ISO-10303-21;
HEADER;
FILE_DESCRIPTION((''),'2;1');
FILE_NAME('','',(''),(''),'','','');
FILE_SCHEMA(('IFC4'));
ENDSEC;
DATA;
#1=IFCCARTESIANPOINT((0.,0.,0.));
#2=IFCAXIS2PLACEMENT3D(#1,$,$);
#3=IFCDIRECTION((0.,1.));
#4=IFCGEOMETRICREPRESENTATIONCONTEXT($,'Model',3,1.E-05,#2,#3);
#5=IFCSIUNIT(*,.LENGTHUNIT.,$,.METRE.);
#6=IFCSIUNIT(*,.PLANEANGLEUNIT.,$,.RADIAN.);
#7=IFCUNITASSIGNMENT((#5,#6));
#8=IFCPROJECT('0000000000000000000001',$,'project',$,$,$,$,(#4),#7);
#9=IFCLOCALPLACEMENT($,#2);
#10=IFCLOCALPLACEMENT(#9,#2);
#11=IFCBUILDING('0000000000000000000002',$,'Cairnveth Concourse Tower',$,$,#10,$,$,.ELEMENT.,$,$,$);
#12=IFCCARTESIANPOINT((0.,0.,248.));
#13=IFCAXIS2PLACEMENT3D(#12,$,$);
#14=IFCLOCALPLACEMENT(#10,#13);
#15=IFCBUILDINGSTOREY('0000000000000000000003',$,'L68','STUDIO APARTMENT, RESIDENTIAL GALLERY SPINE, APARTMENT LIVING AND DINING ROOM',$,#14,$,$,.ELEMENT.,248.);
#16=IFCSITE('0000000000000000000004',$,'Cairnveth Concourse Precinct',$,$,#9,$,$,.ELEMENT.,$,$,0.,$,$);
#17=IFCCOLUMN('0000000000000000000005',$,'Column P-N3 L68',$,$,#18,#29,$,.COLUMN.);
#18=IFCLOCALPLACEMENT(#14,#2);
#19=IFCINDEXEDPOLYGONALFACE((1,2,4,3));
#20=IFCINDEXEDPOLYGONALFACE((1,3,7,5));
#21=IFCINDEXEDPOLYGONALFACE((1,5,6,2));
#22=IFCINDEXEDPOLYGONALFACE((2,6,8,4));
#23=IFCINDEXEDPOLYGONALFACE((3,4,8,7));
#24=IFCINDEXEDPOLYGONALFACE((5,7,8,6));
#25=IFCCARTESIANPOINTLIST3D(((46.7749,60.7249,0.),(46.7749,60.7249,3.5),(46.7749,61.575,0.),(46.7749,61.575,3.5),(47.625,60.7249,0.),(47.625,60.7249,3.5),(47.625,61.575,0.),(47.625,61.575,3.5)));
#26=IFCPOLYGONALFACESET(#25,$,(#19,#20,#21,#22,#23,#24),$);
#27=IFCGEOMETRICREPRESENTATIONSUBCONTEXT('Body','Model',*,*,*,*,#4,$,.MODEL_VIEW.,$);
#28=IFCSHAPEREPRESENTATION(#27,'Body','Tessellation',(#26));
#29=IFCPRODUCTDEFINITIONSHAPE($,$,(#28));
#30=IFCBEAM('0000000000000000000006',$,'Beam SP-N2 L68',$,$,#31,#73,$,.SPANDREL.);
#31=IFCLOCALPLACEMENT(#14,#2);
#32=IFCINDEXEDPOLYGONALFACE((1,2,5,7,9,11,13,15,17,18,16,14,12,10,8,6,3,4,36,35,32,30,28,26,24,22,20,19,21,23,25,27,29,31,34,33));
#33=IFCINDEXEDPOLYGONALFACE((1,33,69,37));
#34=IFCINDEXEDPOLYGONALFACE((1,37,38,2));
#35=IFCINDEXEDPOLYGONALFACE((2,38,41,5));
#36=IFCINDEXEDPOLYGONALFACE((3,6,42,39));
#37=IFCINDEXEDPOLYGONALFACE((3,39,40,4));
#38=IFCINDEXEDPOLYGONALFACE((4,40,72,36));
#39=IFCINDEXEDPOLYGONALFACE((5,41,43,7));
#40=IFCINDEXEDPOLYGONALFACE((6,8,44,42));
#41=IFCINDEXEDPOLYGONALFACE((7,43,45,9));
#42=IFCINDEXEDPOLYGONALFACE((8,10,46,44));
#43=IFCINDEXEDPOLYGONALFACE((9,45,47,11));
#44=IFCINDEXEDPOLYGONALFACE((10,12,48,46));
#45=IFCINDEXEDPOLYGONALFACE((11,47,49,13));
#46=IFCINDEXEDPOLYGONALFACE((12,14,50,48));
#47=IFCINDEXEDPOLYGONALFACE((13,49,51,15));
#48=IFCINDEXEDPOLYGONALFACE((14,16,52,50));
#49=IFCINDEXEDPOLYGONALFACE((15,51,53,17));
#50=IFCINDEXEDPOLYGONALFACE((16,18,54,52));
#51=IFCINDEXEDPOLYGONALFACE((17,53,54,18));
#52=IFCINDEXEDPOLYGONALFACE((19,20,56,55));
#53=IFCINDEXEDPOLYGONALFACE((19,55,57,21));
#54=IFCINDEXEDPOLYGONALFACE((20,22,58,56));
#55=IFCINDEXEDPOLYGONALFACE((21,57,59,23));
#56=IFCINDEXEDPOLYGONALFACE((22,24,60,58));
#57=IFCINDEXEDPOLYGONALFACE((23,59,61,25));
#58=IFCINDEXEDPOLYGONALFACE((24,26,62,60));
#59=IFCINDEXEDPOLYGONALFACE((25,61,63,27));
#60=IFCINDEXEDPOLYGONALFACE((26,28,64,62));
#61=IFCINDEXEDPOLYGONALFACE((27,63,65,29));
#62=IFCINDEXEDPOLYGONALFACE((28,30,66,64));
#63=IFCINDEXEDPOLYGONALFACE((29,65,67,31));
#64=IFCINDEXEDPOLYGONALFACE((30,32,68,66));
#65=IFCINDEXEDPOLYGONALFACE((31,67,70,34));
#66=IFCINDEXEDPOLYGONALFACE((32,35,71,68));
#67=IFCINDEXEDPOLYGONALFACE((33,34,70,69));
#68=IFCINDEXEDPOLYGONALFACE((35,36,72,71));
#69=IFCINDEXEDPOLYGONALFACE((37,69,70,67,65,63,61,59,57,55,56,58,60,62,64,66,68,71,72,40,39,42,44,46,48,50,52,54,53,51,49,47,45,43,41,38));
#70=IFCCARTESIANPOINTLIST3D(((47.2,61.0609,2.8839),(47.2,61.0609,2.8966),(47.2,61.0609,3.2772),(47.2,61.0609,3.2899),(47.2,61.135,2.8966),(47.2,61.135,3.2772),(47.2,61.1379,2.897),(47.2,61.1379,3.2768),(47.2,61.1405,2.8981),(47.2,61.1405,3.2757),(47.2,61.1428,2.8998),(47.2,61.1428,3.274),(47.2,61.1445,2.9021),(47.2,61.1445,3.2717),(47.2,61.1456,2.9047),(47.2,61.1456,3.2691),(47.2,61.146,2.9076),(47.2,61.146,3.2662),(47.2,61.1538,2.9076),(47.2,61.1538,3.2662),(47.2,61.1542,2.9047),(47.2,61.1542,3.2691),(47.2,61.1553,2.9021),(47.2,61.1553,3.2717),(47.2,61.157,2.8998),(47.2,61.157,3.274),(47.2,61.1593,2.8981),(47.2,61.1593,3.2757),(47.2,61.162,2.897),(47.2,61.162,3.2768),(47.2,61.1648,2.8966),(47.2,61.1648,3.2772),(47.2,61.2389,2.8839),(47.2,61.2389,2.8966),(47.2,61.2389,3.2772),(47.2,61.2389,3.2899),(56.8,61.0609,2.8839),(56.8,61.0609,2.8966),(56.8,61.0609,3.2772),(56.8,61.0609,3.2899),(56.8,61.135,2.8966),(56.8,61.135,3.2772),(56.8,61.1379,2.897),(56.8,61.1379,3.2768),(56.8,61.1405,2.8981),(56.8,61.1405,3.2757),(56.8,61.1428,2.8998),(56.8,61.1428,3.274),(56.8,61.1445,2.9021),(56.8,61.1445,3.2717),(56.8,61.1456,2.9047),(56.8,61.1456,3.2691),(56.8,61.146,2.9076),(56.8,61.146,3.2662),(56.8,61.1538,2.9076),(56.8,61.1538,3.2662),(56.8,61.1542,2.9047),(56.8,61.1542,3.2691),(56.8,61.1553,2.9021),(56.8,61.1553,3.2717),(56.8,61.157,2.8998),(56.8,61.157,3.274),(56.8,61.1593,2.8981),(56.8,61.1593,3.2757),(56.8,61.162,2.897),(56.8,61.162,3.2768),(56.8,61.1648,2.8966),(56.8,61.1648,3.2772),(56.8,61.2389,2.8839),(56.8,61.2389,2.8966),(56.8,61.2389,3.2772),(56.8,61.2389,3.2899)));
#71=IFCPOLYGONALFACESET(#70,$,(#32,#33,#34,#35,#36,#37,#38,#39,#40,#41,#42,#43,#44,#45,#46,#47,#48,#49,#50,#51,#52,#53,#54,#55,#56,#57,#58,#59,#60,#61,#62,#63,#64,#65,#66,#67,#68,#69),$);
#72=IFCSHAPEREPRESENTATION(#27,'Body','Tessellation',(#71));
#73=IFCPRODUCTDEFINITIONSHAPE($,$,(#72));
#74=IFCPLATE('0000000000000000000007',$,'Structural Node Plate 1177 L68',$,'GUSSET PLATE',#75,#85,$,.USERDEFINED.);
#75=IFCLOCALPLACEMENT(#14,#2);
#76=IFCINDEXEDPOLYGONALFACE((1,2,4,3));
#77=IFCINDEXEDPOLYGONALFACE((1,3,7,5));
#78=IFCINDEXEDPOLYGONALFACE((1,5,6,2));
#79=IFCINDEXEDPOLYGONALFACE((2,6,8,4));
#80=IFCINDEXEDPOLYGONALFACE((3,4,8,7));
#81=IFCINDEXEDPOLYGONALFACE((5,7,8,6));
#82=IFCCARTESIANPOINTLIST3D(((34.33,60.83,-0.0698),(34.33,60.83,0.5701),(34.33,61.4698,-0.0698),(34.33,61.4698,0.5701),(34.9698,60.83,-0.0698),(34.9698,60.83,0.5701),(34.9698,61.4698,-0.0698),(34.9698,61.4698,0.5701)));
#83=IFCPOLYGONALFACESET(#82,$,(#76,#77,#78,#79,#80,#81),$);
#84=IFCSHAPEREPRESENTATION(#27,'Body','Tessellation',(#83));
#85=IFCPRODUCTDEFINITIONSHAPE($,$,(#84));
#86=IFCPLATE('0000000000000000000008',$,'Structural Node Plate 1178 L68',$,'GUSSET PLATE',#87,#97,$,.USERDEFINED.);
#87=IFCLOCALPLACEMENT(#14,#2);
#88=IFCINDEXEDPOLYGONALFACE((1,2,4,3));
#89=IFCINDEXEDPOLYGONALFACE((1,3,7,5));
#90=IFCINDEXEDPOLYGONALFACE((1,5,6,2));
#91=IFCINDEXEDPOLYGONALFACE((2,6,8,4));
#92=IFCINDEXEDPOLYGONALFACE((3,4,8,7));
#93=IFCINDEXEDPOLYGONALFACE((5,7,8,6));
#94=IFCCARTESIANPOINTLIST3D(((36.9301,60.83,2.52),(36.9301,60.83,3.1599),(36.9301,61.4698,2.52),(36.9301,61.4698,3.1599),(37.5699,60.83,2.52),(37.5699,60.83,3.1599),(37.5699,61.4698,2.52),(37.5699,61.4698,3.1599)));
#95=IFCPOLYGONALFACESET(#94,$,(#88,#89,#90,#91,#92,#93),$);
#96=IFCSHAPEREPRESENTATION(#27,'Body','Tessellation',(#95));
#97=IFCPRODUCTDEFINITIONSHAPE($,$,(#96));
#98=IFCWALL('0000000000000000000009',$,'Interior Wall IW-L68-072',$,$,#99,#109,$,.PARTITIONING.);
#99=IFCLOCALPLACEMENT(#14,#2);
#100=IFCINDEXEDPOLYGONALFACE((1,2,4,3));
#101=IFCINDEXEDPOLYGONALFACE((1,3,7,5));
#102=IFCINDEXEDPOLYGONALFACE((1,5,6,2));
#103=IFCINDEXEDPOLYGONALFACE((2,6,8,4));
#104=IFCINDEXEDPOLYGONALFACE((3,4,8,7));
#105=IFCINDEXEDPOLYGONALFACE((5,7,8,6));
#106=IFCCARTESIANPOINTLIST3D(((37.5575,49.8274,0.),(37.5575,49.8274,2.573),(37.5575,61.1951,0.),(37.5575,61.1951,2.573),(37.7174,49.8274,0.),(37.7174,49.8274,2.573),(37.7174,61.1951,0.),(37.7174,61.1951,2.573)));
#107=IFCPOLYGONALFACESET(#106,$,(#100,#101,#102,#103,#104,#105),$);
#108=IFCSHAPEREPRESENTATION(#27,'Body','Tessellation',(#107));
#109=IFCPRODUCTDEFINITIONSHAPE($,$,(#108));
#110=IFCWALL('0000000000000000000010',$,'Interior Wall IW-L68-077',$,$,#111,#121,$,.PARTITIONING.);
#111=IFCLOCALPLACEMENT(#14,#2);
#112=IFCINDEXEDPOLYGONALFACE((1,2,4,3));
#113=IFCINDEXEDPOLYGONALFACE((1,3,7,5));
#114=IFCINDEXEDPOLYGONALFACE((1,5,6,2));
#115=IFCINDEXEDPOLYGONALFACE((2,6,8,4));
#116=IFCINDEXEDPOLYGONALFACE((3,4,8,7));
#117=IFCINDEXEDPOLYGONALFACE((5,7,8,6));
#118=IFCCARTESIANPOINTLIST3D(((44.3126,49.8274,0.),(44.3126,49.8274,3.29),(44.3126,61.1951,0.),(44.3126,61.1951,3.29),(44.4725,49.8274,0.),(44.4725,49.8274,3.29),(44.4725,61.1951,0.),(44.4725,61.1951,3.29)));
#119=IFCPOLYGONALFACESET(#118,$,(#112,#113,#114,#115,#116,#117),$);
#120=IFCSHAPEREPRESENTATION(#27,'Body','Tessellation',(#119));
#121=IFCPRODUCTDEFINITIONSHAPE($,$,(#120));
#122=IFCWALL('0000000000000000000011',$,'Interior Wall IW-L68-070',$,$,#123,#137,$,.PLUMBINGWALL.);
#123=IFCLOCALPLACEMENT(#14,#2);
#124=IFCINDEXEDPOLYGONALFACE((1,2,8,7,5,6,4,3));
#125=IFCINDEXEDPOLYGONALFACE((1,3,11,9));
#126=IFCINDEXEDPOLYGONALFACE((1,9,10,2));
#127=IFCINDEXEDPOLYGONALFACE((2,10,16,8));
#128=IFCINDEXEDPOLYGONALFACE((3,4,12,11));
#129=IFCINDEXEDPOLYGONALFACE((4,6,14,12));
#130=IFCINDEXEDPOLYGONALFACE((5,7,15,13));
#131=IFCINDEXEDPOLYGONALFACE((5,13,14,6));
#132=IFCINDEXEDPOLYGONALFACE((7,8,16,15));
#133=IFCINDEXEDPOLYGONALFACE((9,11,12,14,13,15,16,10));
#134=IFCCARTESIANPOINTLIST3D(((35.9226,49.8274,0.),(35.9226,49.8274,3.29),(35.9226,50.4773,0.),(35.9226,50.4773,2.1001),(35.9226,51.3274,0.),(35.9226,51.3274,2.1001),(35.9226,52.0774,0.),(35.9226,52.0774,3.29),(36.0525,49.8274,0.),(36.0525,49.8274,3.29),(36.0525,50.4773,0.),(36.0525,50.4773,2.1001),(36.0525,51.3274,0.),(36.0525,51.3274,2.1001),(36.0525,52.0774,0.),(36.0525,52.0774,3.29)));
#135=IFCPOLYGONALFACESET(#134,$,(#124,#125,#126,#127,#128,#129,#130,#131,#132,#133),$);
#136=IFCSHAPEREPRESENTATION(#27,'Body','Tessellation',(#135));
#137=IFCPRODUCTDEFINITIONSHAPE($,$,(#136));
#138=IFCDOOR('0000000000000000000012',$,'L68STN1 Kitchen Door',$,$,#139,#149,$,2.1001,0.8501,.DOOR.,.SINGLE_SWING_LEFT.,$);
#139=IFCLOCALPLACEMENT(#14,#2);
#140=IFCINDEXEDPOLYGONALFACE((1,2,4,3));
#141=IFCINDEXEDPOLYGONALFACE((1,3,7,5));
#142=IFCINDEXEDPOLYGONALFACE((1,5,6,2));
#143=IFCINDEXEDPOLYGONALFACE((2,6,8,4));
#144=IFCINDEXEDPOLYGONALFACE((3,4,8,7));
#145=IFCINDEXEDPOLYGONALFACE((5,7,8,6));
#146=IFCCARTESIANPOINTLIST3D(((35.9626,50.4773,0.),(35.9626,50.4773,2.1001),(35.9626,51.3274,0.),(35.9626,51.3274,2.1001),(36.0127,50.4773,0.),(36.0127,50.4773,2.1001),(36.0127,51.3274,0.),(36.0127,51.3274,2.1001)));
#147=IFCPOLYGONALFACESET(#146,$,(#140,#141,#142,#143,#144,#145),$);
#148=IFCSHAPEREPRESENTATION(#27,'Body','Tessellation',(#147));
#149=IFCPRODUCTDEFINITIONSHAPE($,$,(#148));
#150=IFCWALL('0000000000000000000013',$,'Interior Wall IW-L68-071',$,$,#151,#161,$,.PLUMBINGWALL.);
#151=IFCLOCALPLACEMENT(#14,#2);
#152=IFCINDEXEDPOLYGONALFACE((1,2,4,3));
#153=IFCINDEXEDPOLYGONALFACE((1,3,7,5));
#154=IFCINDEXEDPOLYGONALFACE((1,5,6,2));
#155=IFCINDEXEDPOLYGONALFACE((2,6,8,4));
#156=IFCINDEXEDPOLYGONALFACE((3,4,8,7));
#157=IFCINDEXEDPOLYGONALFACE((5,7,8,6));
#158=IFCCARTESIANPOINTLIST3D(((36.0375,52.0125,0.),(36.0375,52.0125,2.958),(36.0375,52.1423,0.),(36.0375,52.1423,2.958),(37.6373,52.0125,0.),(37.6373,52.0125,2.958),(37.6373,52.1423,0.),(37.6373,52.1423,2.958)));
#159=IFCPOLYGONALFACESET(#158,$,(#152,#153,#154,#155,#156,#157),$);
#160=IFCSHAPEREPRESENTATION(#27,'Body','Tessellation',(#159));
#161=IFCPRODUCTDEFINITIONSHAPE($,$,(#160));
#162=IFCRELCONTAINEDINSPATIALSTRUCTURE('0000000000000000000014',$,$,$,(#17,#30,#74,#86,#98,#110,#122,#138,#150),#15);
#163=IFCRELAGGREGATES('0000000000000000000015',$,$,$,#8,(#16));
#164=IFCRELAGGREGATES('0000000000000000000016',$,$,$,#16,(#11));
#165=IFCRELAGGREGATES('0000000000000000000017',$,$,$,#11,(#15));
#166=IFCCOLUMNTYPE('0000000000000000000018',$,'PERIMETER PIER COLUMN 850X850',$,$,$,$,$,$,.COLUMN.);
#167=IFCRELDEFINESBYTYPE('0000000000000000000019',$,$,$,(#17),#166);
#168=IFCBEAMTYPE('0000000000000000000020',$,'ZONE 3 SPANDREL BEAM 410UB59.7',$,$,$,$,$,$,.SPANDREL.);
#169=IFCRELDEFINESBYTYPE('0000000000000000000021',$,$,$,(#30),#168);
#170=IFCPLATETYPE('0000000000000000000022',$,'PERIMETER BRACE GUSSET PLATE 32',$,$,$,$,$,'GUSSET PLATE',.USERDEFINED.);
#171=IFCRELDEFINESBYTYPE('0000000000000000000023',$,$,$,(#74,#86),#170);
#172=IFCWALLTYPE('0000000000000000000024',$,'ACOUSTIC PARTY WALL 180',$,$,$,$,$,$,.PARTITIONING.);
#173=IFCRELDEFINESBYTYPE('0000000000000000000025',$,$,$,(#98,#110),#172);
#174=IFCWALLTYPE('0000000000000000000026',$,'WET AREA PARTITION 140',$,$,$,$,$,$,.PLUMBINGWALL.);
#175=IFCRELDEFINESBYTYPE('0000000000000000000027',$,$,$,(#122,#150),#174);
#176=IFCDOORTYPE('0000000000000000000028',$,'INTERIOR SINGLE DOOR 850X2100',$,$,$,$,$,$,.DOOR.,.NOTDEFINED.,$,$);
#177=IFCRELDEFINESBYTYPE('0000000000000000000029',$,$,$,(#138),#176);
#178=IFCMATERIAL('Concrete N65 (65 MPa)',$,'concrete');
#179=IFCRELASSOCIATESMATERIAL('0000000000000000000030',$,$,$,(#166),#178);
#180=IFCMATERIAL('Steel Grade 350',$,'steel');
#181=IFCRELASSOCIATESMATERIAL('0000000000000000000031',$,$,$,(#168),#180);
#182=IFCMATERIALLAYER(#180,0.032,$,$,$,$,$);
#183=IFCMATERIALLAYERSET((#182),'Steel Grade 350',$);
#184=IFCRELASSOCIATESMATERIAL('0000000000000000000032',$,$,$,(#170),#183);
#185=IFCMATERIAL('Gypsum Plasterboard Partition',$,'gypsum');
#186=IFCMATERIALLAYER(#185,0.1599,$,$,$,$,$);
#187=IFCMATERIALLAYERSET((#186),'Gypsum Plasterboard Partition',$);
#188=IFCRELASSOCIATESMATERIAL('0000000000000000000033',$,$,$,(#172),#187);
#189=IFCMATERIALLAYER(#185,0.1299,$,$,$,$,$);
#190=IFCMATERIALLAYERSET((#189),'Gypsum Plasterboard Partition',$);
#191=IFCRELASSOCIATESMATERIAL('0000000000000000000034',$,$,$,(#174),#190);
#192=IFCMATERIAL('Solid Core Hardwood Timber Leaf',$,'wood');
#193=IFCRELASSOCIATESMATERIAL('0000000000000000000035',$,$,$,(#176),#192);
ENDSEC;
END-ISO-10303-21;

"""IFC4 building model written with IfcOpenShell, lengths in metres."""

from ifc_helpers import new_model, si_unit, direction, frame, frame_2d, origin, origin_2d, place, context, subcontext, project, spatial, rectangle, i_section, extrude, material, layer, layer_set, material_profile, profile_set, type_object, element, fill, save


model = new_model("IFC4")

# Units and contexts
model_context = context("Model", 3, precision=1e-05, world=origin(), true_north=direction((0.0, 1.0)))
body_context = subcontext(model_context, "Body", "Model", "MODEL_VIEW")
ifc_project = project(units=[si_unit("LENGTHUNIT", "METRE"), si_unit("PLANEANGLEUNIT", "RADIAN")], contexts=[model_context])

# Site, building, storey
site_placement = place(None, origin())
site = spatial("IfcSite", under=ifc_project, at=site_placement, Name="Cairnveth Concourse Precinct", CompositionType="ELEMENT", RefElevation=0.0)
building_placement = place(site_placement, origin())
building = spatial("IfcBuilding", under=site, at=building_placement, Name="Cairnveth Concourse Tower", CompositionType="ELEMENT")
storey_placement = place(building_placement, frame((0.0, 0.0, 248.0)))
storey = spatial("IfcBuildingStorey", under=building, at=storey_placement, Name="L68", Description="STUDIO APARTMENT, RESIDENTIAL GALLERY SPINE, APARTMENT LIVING AND DINING ROOM", CompositionType="ELEMENT", Elevation=248.0)

# Column
ifc_material_1 = material(Name="Concrete N65 (65 MPa)", Category="concrete")
ifc_material_profile_1 = material_profile(ifc_material_1, rectangle(XDim=0.8501, YDim=0.8501, at=origin_2d()), Name="RC-COL-850x850")
ifc_profile_set_1 = profile_set([ifc_material_profile_1], Name="Concrete N65 (65 MPa)")
column_type = type_object("IfcColumnType", Name="PERIMETER PIER COLUMN 850X850", PredefinedType="COLUMN", material=ifc_profile_set_1)
column_placement = place(storey_placement, frame((47.2, 61.1499, 0.0), z_axis=(0.0, 0.0, 1.0), x_axis=(1.0, 0.0, 0.0)))
element("IfcColumn", 1, at=column_placement, inside=storey, type_object=column_type, Name="Column P-N3 L68", PredefinedType="COLUMN", context=body_context, shape_type="SweptSolid", body=[
    extrude(rectangle(XDim=0.8501, YDim=0.8501, at=origin_2d()), origin(), (0.0, 0.0, 1.0), 3.5),
])

# Beam
ifc_material_2 = material(Name="Steel Grade 350", Category="steel")
ifc_material_profile_2 = material_profile(ifc_material_2, i_section(OverallWidth=0.178, OverallDepth=0.406, WebThickness=0.0078, FlangeThickness=0.0127, FilletRadius=0.011, at=origin_2d()), Name="410UB59.7")
ifc_profile_set_2 = profile_set([ifc_material_profile_2], Name="Steel Grade 350")
beam_type = type_object("IfcBeamType", Name="ZONE 3 SPANDREL BEAM 410UB59.7", PredefinedType="SPANDREL", material=ifc_profile_set_2)
beam_placement = place(storey_placement, frame((47.2, 61.1499, 3.0869), z_axis=(1.0, 0.0, 0.0), x_axis=(0.0, 1.0, 0.0)))
element("IfcBeam", 2, at=beam_placement, inside=storey, type_object=beam_type, Name="Beam SP-N2 L68", PredefinedType="SPANDREL", context=body_context, shape_type="SweptSolid", body=[
    extrude(i_section(OverallWidth=0.178, OverallDepth=0.406, WebThickness=0.0078, FlangeThickness=0.0127, FilletRadius=0.011, at=origin_2d()), origin(), (0.0, 0.0, 1.0), 9.6001),
])

# Plates
ifc_layer_1 = layer(ifc_material_2, 0.032)
ifc_layer_set_1 = layer_set([ifc_layer_1], Name="Steel Grade 350")
plate_type = type_object("IfcPlateType", Name="PERIMETER BRACE GUSSET PLATE 32", ElementType="GUSSET PLATE", PredefinedType="USERDEFINED", material=ifc_layer_set_1)
for number, where, z_axis, x_axis, name in (
    (3, (34.6499, 61.1499, -0.0698), (0.0, 0.0, 1.0), (1.0, 0.0, 0.0), "Structural Node Plate 1177 L68"),
    (4, (37.25, 61.1499, 2.52), (0.0, 0.0, 1.0), (1.0, 0.0, 0.0), "Structural Node Plate 1178 L68"),
):
    element("IfcPlate", number, at=place(storey_placement, frame(where, z_axis=z_axis, x_axis=x_axis)), inside=storey, type_object=plate_type, Name=name, ObjectType="GUSSET PLATE", PredefinedType="USERDEFINED", context=body_context, shape_type="SweptSolid", body=[
        extrude(rectangle(XDim=0.6399, YDim=0.6399, at=origin_2d()), origin(), (0.0, 0.0, 1.0), 0.6399),
    ])

# Walls
ifc_material_3 = material(Name="Gypsum Plasterboard Partition", Category="gypsum")
ifc_layer_2 = layer(ifc_material_3, 0.1599)
ifc_layer_set_2 = layer_set([ifc_layer_2], Name="Gypsum Plasterboard Partition")
wall_type_1 = type_object("IfcWallType", Name="ACOUSTIC PARTY WALL 180", PredefinedType="PARTITIONING", material=ifc_layer_set_2)
wall_1_placement = place(storey_placement, frame((37.6375, 49.8274, 0.0), z_axis=(0.0, 0.0, 1.0), x_axis=(0.0, 1.0, 0.0)))
element("IfcWall", 5, at=wall_1_placement, inside=storey, type_object=wall_type_1, Name="Interior Wall IW-L68-072", PredefinedType="PARTITIONING", context=body_context, shape_type="SweptSolid", body=[
    extrude(rectangle(XDim=11.3677, YDim=0.1599, at=frame_2d((5.6838, 0.0))), origin(), (0.0, 0.0, 1.0), 2.573),
])
wall_2_placement = place(storey_placement, frame((44.3926, 49.8274, 0.0), z_axis=(0.0, 0.0, 1.0), x_axis=(0.0, 1.0, 0.0)))
element("IfcWall", 6, at=wall_2_placement, inside=storey, type_object=wall_type_1, Name="Interior Wall IW-L68-077", PredefinedType="PARTITIONING", context=body_context, shape_type="SweptSolid", body=[
    extrude(rectangle(XDim=11.3677, YDim=0.1599, at=frame_2d((5.6838, 0.0))), origin(), (0.0, 0.0, 1.0), 3.29),
])

# Wall, opening, door
ifc_layer_3 = layer(ifc_material_3, 0.1299)
ifc_layer_set_3 = layer_set([ifc_layer_3], Name="Gypsum Plasterboard Partition")
wall_type_2 = type_object("IfcWallType", Name="WET AREA PARTITION 140", PredefinedType="PLUMBINGWALL", material=ifc_layer_set_3)
wall_3_placement = place(storey_placement, frame((35.9875, 49.8274, 0.0), z_axis=(0.0, 0.0, 1.0), x_axis=(0.0, 1.0, 0.0)))
wall_3 = element("IfcWall", 7, at=wall_3_placement, inside=storey, type_object=wall_type_2, Name="Interior Wall IW-L68-070", PredefinedType="PLUMBINGWALL", context=body_context, shape_type="SweptSolid", body=[
    extrude(rectangle(XDim=2.25, YDim=0.1299, at=frame_2d((1.125, 0.0))), origin(), (0.0, 0.0, 1.0), 3.29),
])
opening_1_placement = place(wall_3_placement, frame((0.6499, 0.0, 0.0)))
opening_1 = element("IfcOpeningElement", 8, at=opening_1_placement, cuts=wall_3, PredefinedType="OPENING", context=body_context, shape_type="SweptSolid", body=[
    extrude(rectangle(XDim=0.8501, YDim=2.1001, at=frame_2d((0.425, 1.05))), frame((0.0, 0.075, 0.0), z_axis=(0.0, -1.0, 0.0), x_axis=(1.0, 0.0, 0.0)), (0.0, 0.0, 1.0), 0.1499),
])
ifc_material_4 = material(Name="Solid Core Hardwood Timber Leaf", Category="wood")
door_type_1 = type_object("IfcDoorType", Name="INTERIOR SINGLE DOOR 850X2100", OperationType="NOTDEFINED", PredefinedType="DOOR", material=ifc_material_4)
door_1_placement = place(opening_1_placement, origin())
door_1 = element("IfcDoor", 9, at=door_1_placement, inside=storey, type_object=door_type_1, Name="L68STN1 Kitchen Door", OperationType="SINGLE_SWING_LEFT", OverallHeight=2.1001, OverallWidth=0.8501, PredefinedType="DOOR", context=body_context, shape_type="SweptSolid", body=[
    extrude(rectangle(XDim=0.8501, YDim=2.1001, at=frame_2d((0.425, 1.05))), frame((0.0, 0.0249, 0.0), z_axis=(0.0, -1.0, 0.0), x_axis=(1.0, 0.0, 0.0)), (0.0, 0.0, 1.0), 0.05),
])
fill(opening_1, door_1)

# Wall
wall_4_placement = place(storey_placement, frame((36.0376, 52.0774, 0.0), z_axis=(0.0, 0.0, 1.0), x_axis=(1.0, 0.0, 0.0)))
element("IfcWall", 10, at=wall_4_placement, inside=storey, type_object=wall_type_2, Name="Interior Wall IW-L68-071", PredefinedType="PLUMBINGWALL", context=body_context, shape_type="SweptSolid", body=[
    extrude(rectangle(XDim=1.5999, YDim=0.1299, at=frame_2d((0.7998, 0.0))), origin(), (0.0, 0.0, 1.0), 2.958),
])

save(model, "model.ifc")
